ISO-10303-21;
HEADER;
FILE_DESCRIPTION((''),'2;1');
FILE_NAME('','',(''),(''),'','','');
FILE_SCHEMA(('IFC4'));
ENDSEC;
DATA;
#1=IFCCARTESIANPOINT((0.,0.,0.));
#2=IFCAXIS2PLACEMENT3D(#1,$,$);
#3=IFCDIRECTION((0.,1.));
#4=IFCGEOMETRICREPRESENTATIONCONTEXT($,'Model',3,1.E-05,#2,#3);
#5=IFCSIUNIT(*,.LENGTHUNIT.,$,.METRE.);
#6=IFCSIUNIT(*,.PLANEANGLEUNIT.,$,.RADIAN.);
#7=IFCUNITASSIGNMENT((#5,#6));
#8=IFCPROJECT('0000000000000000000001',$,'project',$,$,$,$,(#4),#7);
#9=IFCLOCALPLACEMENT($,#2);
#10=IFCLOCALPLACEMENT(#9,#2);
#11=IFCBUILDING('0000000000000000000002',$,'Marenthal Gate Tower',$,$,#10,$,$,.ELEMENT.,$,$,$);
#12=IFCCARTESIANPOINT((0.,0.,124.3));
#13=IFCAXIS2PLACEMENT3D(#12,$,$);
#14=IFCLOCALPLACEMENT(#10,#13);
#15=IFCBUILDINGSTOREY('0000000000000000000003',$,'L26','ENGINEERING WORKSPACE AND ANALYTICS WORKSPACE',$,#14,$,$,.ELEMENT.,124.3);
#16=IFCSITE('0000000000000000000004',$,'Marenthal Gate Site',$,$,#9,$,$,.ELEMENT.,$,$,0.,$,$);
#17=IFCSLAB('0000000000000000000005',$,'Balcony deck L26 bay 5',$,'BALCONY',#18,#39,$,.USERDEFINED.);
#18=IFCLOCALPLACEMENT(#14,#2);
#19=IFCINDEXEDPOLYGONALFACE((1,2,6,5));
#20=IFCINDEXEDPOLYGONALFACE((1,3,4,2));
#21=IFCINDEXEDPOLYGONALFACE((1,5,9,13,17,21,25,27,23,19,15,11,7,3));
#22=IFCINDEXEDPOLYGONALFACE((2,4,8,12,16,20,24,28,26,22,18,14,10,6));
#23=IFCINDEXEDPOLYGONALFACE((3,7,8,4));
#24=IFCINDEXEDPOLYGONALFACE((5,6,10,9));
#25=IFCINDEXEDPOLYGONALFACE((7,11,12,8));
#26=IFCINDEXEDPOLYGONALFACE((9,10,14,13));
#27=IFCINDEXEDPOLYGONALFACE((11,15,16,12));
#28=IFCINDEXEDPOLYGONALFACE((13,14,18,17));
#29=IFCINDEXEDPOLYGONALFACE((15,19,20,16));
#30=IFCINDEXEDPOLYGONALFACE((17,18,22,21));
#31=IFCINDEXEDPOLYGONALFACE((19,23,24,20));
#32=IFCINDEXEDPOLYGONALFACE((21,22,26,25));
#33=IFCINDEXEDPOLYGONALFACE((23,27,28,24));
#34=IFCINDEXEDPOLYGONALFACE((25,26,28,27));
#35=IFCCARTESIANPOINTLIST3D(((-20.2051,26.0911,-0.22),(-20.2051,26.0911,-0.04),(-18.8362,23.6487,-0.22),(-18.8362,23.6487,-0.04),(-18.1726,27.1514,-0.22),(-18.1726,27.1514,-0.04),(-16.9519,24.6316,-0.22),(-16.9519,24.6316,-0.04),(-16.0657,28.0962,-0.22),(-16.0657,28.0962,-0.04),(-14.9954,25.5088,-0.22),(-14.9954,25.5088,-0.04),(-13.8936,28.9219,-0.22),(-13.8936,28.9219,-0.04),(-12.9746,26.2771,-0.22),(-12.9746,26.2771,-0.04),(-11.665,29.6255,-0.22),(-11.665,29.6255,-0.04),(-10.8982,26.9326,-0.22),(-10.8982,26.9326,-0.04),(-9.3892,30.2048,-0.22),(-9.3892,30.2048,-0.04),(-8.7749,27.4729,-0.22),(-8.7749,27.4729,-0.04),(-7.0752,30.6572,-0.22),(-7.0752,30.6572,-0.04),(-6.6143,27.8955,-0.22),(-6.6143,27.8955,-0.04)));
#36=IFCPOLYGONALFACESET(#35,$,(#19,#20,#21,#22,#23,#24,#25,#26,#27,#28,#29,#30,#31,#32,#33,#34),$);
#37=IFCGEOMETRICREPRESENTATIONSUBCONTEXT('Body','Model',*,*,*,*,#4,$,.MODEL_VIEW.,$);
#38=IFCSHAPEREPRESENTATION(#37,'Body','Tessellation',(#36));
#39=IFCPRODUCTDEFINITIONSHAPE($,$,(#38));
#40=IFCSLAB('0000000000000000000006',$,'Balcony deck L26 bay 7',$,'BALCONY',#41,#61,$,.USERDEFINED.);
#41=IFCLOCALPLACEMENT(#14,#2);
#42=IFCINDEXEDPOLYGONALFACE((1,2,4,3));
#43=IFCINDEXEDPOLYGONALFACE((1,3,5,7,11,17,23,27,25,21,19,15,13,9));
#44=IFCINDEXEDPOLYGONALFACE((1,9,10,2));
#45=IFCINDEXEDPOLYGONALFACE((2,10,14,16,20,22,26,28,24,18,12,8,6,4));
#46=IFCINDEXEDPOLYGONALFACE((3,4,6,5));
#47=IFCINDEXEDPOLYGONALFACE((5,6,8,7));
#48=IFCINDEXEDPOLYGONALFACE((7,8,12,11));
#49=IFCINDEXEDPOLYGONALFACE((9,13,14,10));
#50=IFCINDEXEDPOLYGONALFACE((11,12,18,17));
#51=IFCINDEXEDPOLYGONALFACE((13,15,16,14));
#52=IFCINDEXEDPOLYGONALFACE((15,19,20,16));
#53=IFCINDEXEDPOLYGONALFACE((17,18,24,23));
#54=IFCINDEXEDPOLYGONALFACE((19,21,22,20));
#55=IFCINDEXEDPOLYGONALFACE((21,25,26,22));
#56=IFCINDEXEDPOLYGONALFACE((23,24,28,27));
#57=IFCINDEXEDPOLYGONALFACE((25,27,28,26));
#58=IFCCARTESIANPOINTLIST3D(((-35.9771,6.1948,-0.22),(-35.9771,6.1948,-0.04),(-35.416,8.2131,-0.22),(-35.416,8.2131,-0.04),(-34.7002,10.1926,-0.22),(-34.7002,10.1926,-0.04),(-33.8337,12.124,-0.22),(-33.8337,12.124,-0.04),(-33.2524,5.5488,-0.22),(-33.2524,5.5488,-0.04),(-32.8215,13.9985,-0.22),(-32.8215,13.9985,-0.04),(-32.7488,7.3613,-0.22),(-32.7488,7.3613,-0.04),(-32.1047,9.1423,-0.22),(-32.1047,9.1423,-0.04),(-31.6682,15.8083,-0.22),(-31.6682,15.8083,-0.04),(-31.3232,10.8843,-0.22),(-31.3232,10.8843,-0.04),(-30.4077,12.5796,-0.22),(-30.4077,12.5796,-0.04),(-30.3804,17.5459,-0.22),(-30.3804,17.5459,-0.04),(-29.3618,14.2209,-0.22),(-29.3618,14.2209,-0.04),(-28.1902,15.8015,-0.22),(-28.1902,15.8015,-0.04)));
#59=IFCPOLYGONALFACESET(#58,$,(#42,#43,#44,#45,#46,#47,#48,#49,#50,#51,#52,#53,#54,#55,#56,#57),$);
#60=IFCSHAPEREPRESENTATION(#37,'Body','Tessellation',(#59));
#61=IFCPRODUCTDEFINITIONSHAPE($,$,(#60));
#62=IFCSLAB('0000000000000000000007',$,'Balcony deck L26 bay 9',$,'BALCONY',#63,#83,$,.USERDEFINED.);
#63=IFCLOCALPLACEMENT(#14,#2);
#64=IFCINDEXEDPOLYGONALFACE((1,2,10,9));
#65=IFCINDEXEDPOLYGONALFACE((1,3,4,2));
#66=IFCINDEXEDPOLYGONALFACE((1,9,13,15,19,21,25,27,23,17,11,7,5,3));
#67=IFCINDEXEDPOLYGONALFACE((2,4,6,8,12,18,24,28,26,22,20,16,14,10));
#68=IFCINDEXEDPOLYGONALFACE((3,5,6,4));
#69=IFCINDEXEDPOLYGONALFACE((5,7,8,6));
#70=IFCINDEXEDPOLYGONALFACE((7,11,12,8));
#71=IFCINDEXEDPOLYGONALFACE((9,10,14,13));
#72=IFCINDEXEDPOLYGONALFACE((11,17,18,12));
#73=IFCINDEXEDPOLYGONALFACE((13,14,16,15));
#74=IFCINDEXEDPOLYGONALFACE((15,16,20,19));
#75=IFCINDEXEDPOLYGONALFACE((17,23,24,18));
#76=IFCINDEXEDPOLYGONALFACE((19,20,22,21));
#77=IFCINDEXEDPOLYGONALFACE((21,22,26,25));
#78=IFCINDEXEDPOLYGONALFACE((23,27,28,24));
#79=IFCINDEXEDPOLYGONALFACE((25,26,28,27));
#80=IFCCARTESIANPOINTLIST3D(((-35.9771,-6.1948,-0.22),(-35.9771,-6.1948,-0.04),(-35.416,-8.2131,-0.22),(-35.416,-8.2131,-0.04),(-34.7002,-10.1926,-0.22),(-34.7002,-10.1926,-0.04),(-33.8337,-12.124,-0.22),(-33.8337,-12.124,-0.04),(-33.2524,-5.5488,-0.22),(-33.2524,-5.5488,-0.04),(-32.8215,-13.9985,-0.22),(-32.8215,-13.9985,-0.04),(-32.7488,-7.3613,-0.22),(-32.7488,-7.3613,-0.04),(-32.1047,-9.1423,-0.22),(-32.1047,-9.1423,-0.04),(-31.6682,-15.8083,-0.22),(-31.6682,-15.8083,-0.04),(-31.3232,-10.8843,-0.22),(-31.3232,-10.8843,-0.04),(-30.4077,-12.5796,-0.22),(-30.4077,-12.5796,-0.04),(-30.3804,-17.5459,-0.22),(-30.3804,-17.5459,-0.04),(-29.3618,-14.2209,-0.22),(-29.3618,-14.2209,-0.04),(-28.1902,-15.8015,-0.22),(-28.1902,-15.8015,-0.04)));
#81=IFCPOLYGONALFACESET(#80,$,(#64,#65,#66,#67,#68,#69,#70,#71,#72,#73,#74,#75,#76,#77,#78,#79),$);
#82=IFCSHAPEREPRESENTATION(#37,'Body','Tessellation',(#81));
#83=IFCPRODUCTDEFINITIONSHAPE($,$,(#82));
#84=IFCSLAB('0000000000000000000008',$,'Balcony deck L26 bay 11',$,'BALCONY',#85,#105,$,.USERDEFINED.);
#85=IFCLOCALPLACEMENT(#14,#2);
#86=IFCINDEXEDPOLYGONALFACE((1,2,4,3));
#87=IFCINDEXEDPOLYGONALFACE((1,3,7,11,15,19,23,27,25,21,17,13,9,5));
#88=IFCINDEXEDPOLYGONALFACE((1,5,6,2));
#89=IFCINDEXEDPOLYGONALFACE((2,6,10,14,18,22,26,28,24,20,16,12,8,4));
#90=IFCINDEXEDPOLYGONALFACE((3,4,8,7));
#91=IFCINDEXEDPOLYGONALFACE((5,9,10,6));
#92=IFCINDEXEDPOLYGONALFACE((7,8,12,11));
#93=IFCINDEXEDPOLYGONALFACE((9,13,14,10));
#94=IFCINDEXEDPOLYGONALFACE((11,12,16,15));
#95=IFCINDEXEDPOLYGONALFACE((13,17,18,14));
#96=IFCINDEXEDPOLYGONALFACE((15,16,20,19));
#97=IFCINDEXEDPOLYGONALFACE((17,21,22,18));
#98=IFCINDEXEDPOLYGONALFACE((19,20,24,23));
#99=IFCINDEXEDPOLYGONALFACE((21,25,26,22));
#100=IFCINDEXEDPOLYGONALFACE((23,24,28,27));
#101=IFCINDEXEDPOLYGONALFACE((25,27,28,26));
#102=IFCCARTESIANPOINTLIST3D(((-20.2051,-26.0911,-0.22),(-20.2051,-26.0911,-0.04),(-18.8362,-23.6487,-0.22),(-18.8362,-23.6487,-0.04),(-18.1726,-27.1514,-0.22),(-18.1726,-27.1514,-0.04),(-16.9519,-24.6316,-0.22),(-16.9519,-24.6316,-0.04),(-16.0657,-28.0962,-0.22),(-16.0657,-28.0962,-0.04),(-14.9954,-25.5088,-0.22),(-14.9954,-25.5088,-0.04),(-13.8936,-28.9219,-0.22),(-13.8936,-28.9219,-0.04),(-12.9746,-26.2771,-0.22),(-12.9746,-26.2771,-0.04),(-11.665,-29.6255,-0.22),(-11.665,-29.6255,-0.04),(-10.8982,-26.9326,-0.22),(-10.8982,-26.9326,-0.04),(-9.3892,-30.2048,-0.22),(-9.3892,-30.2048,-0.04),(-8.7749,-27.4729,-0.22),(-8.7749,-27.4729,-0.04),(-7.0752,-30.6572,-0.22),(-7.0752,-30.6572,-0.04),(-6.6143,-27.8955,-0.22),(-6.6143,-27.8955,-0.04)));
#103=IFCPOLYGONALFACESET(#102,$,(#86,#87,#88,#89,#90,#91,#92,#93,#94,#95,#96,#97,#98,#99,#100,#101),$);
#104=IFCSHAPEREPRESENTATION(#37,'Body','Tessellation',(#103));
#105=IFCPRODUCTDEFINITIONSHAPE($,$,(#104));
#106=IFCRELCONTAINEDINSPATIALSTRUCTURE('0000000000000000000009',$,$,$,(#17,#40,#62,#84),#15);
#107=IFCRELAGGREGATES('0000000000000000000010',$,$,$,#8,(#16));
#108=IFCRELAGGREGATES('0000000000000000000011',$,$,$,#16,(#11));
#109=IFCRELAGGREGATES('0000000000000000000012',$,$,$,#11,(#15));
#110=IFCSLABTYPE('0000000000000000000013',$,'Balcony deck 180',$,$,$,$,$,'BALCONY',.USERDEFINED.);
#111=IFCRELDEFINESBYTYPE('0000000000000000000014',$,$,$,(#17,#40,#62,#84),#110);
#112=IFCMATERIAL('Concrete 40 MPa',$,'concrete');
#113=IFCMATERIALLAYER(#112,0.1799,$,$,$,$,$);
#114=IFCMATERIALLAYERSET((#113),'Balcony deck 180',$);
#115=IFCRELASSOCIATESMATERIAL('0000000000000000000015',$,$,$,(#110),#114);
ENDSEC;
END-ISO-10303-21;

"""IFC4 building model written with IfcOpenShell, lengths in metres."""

from ifc_helpers import new_model, si_unit, direction, frame, origin, place, context, subcontext, project, spatial, polyline, outline, extrude, material, layer, layer_set, type_object, element, save


model = new_model("IFC4")

# Units and contexts
model_context = context("Model", 3, precision=1e-05, world=origin(), true_north=direction((0.0, 1.0)))
body_context = subcontext(model_context, "Body", "Model", "MODEL_VIEW")
ifc_project = project(units=[si_unit("LENGTHUNIT", "METRE"), si_unit("PLANEANGLEUNIT", "RADIAN")], contexts=[model_context])

# Site, building, storey
site_placement = place(None, origin())
site = spatial("IfcSite", under=ifc_project, at=site_placement, Name="Marenthal Gate Site", CompositionType="ELEMENT", RefElevation=0.0)
building_placement = place(site_placement, origin())
building = spatial("IfcBuilding", under=site, at=building_placement, Name="Marenthal Gate Tower", CompositionType="ELEMENT")
storey_placement = place(building_placement, frame((0.0, 0.0, 124.3)))
storey = spatial("IfcBuildingStorey", under=building, at=storey_placement, Name="L26", Description="ENGINEERING WORKSPACE AND ANALYTICS WORKSPACE", CompositionType="ELEMENT", Elevation=124.3)

# Slabs
ifc_material_1 = material(Name="Concrete 40 MPa", Category="concrete")
ifc_layer_1 = layer(ifc_material_1, 0.1799)
ifc_layer_set_1 = layer_set([ifc_layer_1], Name="Balcony deck 180")
slab_type = type_object("IfcSlabType", Name="Balcony deck 180", ElementType="BALCONY", PredefinedType="USERDEFINED", material=ifc_layer_set_1)
slab_1_placement = place(storey_placement, frame((0.0, 0.0, -0.22)))
element("IfcSlab", 1, at=slab_1_placement, inside=storey, type_object=slab_type, Name="Balcony deck L26 bay 5", ObjectType="BALCONY", PredefinedType="USERDEFINED", context=body_context, shape_type="SweptSolid", body=[
    extrude(outline(polyline([(-6.6143, 27.8955), (-8.7749, 27.4729), (-10.8982, 26.9326), (-12.9746, 26.2771), (-14.9954, 25.5088), (-16.9519, 24.6316), (-18.8362, 23.6487), (-20.2051, 26.0911), (-18.1726, 27.1514), (-16.0657, 28.0962), (-13.8936, 28.9219), (-11.665, 29.6255), (-9.3892, 30.2048), (-7.0752, 30.6572), (-6.6143, 27.8955)])), origin(), (0.0, 0.0, 1.0), 0.1799),
])
slab_2_placement = place(storey_placement, frame((0.0, 0.0, -0.22)))
element("IfcSlab", 2, at=slab_2_placement, inside=storey, type_object=slab_type, Name="Balcony deck L26 bay 7", ObjectType="BALCONY", PredefinedType="USERDEFINED", context=body_context, shape_type="SweptSolid", body=[
    extrude(outline(polyline([(-28.1902, 15.8015), (-29.3618, 14.2209), (-30.4077, 12.5796), (-31.3232, 10.8843), (-32.1047, 9.1423), (-32.7488, 7.3613), (-33.2524, 5.5488), (-35.9771, 6.1948), (-35.416, 8.2131), (-34.7002, 10.1926), (-33.8337, 12.124), (-32.8215, 13.9985), (-31.6682, 15.8083), (-30.3804, 17.5459), (-28.1902, 15.8015)])), origin(), (0.0, 0.0, 1.0), 0.1799),
])
slab_3_placement = place(storey_placement, frame((0.0, 0.0, -0.22)))
element("IfcSlab", 3, at=slab_3_placement, inside=storey, type_object=slab_type, Name="Balcony deck L26 bay 9", ObjectType="BALCONY", PredefinedType="USERDEFINED", context=body_context, shape_type="SweptSolid", body=[
    extrude(outline(polyline([(-33.2524, -5.5488), (-32.7488, -7.3613), (-32.1047, -9.1423), (-31.3232, -10.8843), (-30.4077, -12.5796), (-29.3618, -14.2209), (-28.1902, -15.8015), (-30.3804, -17.5459), (-31.6682, -15.8083), (-32.8215, -13.9985), (-33.8337, -12.124), (-34.7002, -10.1926), (-35.416, -8.2131), (-35.9771, -6.1948), (-33.2524, -5.5488)])), origin(), (0.0, 0.0, 1.0), 0.1799),
])
slab_4_placement = place(storey_placement, frame((0.0, 0.0, -0.22)))
element("IfcSlab", 4, at=slab_4_placement, inside=storey, type_object=slab_type, Name="Balcony deck L26 bay 11", ObjectType="BALCONY", PredefinedType="USERDEFINED", context=body_context, shape_type="SweptSolid", body=[
    extrude(outline(polyline([(-18.8362, -23.6487), (-16.9519, -24.6316), (-14.9954, -25.5088), (-12.9746, -26.2771), (-10.8982, -26.9326), (-8.7749, -27.4729), (-6.6143, -27.8955), (-7.0752, -30.6572), (-9.3892, -30.2048), (-11.665, -29.6255), (-13.8936, -28.9219), (-16.0657, -28.0962), (-18.1726, -27.1514), (-20.2051, -26.0911), (-18.8362, -23.6487)])), origin(), (0.0, 0.0, 1.0), 0.1799),
])

save(model, "model.ifc")
